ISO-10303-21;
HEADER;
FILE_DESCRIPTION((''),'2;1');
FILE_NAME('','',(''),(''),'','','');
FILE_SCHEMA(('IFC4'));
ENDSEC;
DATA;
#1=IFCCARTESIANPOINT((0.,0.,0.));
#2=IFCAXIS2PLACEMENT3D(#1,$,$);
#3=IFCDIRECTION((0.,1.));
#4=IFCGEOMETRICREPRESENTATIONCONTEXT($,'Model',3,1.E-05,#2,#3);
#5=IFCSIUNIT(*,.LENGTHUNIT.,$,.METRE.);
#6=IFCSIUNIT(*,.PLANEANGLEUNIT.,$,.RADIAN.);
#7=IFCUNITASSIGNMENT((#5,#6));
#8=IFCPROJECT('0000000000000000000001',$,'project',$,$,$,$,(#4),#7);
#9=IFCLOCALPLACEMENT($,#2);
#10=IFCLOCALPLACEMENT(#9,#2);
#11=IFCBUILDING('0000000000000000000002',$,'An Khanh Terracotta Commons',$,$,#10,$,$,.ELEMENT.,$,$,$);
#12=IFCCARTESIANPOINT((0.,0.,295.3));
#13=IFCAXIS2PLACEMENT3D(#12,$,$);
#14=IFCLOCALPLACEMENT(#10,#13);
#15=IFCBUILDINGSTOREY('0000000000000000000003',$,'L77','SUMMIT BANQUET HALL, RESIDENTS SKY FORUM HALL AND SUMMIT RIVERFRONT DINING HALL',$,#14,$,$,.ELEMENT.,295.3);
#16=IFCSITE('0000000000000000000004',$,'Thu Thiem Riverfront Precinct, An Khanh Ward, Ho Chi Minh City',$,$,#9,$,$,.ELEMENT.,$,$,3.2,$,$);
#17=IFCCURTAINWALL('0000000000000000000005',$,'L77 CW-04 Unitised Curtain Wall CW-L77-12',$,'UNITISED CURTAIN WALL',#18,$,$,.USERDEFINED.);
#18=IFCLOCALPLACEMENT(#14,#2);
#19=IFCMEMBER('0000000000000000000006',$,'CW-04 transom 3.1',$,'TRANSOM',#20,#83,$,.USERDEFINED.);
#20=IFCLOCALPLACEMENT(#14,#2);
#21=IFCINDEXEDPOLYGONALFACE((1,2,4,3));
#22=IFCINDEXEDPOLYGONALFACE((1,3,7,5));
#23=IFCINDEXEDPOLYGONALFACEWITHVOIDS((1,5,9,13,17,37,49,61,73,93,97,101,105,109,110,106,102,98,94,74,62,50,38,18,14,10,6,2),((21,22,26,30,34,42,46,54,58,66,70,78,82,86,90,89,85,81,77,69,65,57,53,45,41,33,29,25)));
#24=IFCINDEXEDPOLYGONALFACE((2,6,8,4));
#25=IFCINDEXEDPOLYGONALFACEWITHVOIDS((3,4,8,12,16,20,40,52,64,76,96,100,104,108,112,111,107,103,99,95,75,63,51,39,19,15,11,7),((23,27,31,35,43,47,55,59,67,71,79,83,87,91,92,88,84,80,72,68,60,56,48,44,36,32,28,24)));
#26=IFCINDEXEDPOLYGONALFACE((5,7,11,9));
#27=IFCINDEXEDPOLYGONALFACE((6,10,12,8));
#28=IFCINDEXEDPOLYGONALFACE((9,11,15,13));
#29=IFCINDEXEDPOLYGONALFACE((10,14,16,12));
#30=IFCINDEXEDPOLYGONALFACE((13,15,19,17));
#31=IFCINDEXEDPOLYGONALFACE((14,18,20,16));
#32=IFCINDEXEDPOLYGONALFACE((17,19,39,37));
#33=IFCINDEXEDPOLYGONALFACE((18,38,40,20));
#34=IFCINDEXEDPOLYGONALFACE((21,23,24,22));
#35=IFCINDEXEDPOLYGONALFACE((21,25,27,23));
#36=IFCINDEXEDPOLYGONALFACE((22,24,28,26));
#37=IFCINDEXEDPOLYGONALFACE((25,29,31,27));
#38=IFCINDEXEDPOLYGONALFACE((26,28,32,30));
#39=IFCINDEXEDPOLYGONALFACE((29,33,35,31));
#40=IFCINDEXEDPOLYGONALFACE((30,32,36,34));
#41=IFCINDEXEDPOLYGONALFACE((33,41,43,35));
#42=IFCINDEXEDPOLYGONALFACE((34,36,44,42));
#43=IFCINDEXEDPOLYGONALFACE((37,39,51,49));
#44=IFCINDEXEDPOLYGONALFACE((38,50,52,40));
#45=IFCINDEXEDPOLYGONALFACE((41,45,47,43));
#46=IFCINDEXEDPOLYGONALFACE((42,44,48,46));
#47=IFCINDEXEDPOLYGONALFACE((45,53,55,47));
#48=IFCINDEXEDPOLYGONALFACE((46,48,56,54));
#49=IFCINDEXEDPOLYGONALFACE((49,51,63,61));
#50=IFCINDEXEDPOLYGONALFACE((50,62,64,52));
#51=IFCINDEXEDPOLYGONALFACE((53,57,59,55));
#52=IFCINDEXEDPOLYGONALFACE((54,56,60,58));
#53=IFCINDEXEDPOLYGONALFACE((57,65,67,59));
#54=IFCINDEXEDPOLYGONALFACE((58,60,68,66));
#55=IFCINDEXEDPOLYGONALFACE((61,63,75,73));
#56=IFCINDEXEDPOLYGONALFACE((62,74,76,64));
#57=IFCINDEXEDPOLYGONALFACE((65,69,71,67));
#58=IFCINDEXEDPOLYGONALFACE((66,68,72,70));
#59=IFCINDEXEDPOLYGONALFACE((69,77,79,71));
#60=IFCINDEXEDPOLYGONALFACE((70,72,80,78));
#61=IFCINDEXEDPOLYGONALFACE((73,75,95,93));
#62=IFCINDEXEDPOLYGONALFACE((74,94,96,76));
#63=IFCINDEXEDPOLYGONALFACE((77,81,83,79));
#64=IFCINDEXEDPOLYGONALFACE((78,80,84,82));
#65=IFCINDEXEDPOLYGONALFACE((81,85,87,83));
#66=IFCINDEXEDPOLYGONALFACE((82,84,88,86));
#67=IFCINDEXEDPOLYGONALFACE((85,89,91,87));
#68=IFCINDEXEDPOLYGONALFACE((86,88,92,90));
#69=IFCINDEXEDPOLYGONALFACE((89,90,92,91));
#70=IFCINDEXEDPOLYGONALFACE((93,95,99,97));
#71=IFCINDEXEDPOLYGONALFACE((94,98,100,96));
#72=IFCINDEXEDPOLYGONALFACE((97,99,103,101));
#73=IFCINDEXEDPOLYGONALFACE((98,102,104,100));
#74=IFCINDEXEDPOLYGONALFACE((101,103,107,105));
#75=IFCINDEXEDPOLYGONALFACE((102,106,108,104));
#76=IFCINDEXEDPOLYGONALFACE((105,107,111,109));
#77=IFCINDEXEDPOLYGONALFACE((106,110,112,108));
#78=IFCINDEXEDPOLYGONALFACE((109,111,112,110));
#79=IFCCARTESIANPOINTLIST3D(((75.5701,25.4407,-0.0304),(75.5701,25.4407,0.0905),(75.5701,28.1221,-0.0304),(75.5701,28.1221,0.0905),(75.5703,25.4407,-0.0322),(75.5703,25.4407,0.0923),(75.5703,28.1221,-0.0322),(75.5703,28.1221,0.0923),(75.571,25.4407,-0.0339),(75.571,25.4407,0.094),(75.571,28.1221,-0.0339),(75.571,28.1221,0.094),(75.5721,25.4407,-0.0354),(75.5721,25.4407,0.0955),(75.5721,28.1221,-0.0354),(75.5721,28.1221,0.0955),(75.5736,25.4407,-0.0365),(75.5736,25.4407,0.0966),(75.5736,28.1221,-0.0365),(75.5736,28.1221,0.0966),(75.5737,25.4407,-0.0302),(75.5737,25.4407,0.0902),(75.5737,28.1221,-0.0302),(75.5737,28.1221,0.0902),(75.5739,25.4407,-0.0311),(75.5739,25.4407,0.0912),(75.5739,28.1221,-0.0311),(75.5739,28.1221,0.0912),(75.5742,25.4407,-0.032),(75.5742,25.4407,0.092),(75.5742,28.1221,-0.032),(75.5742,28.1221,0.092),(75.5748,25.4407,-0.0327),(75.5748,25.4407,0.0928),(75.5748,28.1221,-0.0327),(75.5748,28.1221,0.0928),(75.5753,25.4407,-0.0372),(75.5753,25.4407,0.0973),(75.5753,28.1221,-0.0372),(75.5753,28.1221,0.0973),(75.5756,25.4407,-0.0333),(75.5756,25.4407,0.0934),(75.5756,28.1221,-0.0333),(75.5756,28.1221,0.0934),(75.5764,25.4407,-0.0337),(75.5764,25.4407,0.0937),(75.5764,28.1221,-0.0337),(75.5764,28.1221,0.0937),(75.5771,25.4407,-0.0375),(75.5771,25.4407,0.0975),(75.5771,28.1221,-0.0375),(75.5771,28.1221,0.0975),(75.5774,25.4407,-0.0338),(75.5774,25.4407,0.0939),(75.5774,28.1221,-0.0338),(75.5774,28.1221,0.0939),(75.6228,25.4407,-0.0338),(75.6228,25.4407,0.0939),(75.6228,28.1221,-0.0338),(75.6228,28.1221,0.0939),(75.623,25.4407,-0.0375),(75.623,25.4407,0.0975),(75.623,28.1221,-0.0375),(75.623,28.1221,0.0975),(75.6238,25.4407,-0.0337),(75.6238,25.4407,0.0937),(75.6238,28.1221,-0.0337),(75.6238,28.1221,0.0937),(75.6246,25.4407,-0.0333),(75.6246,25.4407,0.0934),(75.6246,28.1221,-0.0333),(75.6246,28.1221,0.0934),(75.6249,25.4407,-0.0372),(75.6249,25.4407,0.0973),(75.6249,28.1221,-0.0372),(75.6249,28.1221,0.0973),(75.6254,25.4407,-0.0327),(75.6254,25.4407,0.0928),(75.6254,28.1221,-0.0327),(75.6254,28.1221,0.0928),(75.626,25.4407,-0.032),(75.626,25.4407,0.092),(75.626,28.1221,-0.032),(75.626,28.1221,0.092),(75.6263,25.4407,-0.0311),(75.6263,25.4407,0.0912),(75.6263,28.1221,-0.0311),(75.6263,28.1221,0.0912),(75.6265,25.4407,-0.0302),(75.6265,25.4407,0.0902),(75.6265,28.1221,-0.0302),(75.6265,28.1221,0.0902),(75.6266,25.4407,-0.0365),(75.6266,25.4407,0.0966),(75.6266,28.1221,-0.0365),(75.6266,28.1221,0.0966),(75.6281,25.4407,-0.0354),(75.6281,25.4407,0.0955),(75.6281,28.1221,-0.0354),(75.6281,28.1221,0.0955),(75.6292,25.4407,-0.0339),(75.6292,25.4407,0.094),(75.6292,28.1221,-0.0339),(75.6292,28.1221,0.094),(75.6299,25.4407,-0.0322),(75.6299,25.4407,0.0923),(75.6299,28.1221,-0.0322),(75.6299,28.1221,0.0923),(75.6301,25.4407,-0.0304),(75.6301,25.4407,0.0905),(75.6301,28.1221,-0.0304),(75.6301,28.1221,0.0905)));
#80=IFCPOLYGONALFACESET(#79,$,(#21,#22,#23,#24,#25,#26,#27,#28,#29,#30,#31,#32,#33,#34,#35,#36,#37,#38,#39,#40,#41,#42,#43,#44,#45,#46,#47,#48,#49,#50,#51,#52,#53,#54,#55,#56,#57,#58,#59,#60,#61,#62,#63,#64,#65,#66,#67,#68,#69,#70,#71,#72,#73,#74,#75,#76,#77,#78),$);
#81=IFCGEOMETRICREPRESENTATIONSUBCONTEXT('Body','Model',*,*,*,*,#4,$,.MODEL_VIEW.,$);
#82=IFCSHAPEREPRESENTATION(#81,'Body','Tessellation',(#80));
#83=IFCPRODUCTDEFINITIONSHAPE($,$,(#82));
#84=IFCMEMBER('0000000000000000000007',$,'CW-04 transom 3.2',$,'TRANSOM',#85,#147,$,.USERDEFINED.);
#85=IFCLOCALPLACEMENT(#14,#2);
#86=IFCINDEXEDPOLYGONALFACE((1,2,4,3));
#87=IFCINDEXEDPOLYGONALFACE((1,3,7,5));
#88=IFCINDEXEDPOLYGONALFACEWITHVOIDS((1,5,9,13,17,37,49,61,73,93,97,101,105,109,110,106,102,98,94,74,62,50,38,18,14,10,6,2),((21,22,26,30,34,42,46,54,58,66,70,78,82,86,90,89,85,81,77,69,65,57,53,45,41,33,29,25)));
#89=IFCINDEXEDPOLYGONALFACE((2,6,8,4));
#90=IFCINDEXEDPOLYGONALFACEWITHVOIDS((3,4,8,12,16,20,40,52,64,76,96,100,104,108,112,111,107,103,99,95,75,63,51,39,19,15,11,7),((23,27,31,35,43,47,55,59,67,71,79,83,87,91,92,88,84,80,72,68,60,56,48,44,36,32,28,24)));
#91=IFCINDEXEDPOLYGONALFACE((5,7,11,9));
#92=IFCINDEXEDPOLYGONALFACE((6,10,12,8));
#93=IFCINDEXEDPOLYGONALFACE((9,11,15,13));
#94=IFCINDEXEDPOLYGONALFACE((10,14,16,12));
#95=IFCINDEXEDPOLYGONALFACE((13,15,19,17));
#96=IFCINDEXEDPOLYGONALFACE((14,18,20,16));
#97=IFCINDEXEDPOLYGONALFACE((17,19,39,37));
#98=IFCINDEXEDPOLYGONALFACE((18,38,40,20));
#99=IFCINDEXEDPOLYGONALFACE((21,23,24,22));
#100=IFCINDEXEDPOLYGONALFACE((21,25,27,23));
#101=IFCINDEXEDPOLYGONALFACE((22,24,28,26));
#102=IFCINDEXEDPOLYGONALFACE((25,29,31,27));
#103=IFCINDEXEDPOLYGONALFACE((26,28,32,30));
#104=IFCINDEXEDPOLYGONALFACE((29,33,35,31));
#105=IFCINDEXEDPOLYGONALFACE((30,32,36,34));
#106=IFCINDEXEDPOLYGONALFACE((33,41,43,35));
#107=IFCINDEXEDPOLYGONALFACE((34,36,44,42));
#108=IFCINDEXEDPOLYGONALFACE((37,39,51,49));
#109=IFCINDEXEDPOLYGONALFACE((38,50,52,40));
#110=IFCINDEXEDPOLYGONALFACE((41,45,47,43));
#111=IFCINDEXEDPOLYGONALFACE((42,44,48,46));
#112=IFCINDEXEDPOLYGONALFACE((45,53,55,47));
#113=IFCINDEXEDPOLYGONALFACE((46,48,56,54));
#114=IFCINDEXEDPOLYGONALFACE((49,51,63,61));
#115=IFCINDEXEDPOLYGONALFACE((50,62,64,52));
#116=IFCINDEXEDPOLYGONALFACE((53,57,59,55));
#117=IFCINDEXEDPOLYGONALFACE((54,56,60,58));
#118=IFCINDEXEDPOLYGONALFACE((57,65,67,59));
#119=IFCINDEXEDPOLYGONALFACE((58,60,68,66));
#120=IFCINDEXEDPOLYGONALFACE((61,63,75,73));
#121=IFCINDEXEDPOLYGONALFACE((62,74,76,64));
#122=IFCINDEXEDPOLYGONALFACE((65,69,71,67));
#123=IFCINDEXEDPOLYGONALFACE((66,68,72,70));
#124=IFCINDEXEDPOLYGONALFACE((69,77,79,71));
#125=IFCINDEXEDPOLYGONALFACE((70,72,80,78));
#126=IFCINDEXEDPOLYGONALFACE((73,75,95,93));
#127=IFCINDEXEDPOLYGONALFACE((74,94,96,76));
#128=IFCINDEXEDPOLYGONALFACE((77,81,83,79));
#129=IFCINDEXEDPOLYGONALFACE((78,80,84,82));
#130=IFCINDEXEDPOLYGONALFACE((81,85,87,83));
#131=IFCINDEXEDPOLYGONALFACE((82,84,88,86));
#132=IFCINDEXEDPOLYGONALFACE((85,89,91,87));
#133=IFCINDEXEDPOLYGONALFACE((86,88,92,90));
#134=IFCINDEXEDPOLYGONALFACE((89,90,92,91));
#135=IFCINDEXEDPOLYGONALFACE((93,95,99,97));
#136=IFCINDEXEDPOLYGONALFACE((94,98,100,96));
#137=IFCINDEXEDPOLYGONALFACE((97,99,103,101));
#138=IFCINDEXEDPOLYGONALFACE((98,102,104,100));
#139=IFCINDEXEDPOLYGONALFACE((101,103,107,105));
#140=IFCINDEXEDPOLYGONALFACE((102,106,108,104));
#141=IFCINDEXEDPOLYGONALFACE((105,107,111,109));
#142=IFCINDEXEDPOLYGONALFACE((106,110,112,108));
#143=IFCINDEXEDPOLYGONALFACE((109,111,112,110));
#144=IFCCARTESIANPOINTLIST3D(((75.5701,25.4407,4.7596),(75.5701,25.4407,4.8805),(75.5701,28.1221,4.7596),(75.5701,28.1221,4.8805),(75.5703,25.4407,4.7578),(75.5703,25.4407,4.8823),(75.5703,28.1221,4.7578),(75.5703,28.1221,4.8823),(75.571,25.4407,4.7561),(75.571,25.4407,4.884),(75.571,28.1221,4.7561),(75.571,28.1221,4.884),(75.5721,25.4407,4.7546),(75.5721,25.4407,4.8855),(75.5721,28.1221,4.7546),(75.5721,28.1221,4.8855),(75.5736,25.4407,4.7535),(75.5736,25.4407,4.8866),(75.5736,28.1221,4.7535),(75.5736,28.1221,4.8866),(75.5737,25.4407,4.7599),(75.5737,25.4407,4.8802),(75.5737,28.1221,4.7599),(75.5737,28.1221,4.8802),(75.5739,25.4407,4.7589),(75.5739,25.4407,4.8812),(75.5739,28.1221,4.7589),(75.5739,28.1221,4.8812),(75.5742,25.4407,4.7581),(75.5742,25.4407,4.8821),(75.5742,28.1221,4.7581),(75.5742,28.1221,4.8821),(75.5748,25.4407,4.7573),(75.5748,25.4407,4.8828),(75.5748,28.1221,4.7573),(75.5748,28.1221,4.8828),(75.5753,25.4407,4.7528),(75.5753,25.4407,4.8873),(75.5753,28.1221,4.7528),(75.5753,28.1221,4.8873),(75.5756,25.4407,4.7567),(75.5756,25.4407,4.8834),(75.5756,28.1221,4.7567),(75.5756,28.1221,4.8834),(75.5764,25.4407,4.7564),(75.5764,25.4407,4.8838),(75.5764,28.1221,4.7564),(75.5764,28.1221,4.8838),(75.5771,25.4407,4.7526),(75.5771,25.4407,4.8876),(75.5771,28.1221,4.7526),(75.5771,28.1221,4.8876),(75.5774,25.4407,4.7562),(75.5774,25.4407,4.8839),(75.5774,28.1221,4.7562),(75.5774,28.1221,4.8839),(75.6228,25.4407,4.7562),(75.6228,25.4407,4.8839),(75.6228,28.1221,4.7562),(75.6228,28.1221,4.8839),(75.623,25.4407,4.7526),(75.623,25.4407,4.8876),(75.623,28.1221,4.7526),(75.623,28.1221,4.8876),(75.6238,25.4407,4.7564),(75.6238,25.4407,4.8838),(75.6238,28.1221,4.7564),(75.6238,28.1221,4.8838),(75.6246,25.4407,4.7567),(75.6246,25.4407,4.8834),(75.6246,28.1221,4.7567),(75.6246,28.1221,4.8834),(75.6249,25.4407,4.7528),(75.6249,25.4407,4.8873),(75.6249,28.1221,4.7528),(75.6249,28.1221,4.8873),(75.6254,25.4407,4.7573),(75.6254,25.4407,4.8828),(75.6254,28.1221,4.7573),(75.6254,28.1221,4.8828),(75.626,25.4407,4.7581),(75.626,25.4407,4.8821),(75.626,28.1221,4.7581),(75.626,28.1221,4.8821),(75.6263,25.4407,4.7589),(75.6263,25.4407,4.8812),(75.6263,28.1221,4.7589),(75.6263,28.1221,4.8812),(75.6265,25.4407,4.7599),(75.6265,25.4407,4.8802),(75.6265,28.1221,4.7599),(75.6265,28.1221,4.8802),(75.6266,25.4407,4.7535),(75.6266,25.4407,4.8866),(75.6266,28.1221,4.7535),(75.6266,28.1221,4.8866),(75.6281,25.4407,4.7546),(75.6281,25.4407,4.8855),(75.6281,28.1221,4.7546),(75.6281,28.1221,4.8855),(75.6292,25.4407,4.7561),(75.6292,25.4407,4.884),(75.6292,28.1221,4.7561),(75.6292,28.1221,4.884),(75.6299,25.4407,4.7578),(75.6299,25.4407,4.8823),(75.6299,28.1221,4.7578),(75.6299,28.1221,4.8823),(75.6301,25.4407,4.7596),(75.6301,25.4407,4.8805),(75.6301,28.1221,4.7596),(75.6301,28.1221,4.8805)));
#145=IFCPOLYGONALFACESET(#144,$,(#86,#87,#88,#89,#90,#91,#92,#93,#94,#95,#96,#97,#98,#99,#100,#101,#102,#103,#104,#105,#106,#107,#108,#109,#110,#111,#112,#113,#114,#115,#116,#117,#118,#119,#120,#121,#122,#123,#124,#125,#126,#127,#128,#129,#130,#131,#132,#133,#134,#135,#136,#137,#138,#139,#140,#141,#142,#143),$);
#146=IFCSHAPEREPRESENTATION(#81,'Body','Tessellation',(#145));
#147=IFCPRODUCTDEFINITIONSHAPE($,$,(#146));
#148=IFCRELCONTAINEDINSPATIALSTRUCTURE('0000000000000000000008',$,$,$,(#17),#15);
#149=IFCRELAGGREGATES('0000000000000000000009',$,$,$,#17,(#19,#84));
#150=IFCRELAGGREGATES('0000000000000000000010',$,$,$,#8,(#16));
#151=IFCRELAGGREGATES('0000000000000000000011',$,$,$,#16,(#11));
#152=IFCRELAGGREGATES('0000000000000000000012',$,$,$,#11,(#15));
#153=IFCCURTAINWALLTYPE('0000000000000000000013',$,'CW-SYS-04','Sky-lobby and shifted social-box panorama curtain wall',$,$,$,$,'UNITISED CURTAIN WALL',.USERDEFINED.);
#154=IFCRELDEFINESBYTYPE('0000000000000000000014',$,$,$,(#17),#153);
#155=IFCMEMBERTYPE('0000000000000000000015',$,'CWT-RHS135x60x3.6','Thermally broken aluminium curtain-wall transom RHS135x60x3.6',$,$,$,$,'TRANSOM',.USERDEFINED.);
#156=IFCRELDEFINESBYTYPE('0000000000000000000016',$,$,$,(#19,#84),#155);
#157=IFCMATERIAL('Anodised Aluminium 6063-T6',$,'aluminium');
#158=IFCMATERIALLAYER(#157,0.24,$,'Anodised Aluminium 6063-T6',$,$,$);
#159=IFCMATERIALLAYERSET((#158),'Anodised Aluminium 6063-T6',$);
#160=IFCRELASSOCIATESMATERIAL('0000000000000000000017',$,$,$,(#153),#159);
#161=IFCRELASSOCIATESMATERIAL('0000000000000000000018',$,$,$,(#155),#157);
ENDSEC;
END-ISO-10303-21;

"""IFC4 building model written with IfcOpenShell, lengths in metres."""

from ifc_helpers import new_model, si_unit, direction, frame, origin, origin_2d, place, context, subcontext, project, spatial, hollow_rectangle, extrude, material, layer, layer_set, material_profile, profile_set, type_object, element, aggregate, save


model = new_model("IFC4")

# Units and contexts
model_context = context("Model", 3, precision=1e-05, world=origin(), true_north=direction((0.0, 1.0)))
body_context = subcontext(model_context, "Body", "Model", "MODEL_VIEW")
ifc_project = project(units=[si_unit("LENGTHUNIT", "METRE"), si_unit("PLANEANGLEUNIT", "RADIAN")], contexts=[model_context])

# Site, building, storey
site_placement = place(None, origin())
site = spatial("IfcSite", under=ifc_project, at=site_placement, Name="Thu Thiem Riverfront Precinct, An Khanh Ward, Ho Chi Minh City", CompositionType="ELEMENT", RefElevation=3.2)
building_placement = place(site_placement, origin())
building = spatial("IfcBuilding", under=site, at=building_placement, Name="An Khanh Terracotta Commons", CompositionType="ELEMENT")
storey_placement = place(building_placement, frame((0.0, 0.0, 295.3)))
storey = spatial("IfcBuildingStorey", under=building, at=storey_placement, Name="L77", Description="SUMMIT BANQUET HALL, RESIDENTS SKY FORUM HALL AND SUMMIT RIVERFRONT DINING HALL", CompositionType="ELEMENT", Elevation=295.3)

# Curtain wall
ifc_material_1 = material(Name="Anodised Aluminium 6063-T6", Category="aluminium")
ifc_layer_1 = layer(ifc_material_1, 0.24, Name="Anodised Aluminium 6063-T6")
ifc_layer_set_1 = layer_set([ifc_layer_1], Name="Anodised Aluminium 6063-T6")
curtain_wall_type = type_object("IfcCurtainWallType", Name="CW-SYS-04", Description="Sky-lobby and shifted social-box panorama curtain wall", ElementType="UNITISED CURTAIN WALL", PredefinedType="USERDEFINED", material=ifc_layer_set_1)
curtain_wall_1_placement = place(storey_placement, origin())
curtain_wall_1 = element("IfcCurtainWall", 1, at=curtain_wall_1_placement, inside=storey, type_object=curtain_wall_type, Name="L77 CW-04 Unitised Curtain Wall CW-L77-12", ObjectType="UNITISED CURTAIN WALL", PredefinedType="USERDEFINED")

# Members
ifc_material_profile_1 = material_profile(ifc_material_1, hollow_rectangle(XDim=0.0601, YDim=0.135, WallThickness=0.0037, InnerFilletRadius=0.0037, OuterFilletRadius=0.0071, at=origin_2d()), Name="RHS135x60x3.6")
ifc_profile_set_1 = profile_set([ifc_material_profile_1], Name="Anodised Aluminium 6063-T6")
member_type_1 = type_object("IfcMemberType", Name="CWT-RHS135x60x3.6", Description="Thermally broken aluminium curtain-wall transom RHS135x60x3.6", ElementType="TRANSOM", PredefinedType="USERDEFINED", material=ifc_profile_set_1)
member_1_placement = place(storey_placement, frame((75.6001, 25.4407, 0.03), z_axis=(0.0, 1.0, 0.0), x_axis=(-1.0, 0.0, 0.0)))
member_1 = element("IfcMember", 2, at=member_1_placement, type_object=member_type_1, Name="CW-04 transom 3.1", ObjectType="TRANSOM", PredefinedType="USERDEFINED", context=body_context, shape_type="SweptSolid", body=[
    extrude(hollow_rectangle(XDim=0.0601, YDim=0.135, WallThickness=0.0037, InnerFilletRadius=0.0037, OuterFilletRadius=0.0071, at=origin_2d()), origin(), (0.0, 0.0, 1.0), 2.6814),
])
member_2_placement = place(storey_placement, frame((75.6001, 25.4407, 4.8201), z_axis=(0.0, 1.0, 0.0), x_axis=(-1.0, 0.0, 0.0)))
member_2 = element("IfcMember", 3, at=member_2_placement, type_object=member_type_1, Name="CW-04 transom 3.2", ObjectType="TRANSOM", PredefinedType="USERDEFINED", context=body_context, shape_type="SweptSolid", body=[
    extrude(hollow_rectangle(XDim=0.0601, YDim=0.135, WallThickness=0.0037, InnerFilletRadius=0.0037, OuterFilletRadius=0.0071, at=origin_2d()), origin(), (0.0, 0.0, 1.0), 2.6814),
])

aggregate(curtain_wall_1, [member_1, member_2])

save(model, "model.ifc")
